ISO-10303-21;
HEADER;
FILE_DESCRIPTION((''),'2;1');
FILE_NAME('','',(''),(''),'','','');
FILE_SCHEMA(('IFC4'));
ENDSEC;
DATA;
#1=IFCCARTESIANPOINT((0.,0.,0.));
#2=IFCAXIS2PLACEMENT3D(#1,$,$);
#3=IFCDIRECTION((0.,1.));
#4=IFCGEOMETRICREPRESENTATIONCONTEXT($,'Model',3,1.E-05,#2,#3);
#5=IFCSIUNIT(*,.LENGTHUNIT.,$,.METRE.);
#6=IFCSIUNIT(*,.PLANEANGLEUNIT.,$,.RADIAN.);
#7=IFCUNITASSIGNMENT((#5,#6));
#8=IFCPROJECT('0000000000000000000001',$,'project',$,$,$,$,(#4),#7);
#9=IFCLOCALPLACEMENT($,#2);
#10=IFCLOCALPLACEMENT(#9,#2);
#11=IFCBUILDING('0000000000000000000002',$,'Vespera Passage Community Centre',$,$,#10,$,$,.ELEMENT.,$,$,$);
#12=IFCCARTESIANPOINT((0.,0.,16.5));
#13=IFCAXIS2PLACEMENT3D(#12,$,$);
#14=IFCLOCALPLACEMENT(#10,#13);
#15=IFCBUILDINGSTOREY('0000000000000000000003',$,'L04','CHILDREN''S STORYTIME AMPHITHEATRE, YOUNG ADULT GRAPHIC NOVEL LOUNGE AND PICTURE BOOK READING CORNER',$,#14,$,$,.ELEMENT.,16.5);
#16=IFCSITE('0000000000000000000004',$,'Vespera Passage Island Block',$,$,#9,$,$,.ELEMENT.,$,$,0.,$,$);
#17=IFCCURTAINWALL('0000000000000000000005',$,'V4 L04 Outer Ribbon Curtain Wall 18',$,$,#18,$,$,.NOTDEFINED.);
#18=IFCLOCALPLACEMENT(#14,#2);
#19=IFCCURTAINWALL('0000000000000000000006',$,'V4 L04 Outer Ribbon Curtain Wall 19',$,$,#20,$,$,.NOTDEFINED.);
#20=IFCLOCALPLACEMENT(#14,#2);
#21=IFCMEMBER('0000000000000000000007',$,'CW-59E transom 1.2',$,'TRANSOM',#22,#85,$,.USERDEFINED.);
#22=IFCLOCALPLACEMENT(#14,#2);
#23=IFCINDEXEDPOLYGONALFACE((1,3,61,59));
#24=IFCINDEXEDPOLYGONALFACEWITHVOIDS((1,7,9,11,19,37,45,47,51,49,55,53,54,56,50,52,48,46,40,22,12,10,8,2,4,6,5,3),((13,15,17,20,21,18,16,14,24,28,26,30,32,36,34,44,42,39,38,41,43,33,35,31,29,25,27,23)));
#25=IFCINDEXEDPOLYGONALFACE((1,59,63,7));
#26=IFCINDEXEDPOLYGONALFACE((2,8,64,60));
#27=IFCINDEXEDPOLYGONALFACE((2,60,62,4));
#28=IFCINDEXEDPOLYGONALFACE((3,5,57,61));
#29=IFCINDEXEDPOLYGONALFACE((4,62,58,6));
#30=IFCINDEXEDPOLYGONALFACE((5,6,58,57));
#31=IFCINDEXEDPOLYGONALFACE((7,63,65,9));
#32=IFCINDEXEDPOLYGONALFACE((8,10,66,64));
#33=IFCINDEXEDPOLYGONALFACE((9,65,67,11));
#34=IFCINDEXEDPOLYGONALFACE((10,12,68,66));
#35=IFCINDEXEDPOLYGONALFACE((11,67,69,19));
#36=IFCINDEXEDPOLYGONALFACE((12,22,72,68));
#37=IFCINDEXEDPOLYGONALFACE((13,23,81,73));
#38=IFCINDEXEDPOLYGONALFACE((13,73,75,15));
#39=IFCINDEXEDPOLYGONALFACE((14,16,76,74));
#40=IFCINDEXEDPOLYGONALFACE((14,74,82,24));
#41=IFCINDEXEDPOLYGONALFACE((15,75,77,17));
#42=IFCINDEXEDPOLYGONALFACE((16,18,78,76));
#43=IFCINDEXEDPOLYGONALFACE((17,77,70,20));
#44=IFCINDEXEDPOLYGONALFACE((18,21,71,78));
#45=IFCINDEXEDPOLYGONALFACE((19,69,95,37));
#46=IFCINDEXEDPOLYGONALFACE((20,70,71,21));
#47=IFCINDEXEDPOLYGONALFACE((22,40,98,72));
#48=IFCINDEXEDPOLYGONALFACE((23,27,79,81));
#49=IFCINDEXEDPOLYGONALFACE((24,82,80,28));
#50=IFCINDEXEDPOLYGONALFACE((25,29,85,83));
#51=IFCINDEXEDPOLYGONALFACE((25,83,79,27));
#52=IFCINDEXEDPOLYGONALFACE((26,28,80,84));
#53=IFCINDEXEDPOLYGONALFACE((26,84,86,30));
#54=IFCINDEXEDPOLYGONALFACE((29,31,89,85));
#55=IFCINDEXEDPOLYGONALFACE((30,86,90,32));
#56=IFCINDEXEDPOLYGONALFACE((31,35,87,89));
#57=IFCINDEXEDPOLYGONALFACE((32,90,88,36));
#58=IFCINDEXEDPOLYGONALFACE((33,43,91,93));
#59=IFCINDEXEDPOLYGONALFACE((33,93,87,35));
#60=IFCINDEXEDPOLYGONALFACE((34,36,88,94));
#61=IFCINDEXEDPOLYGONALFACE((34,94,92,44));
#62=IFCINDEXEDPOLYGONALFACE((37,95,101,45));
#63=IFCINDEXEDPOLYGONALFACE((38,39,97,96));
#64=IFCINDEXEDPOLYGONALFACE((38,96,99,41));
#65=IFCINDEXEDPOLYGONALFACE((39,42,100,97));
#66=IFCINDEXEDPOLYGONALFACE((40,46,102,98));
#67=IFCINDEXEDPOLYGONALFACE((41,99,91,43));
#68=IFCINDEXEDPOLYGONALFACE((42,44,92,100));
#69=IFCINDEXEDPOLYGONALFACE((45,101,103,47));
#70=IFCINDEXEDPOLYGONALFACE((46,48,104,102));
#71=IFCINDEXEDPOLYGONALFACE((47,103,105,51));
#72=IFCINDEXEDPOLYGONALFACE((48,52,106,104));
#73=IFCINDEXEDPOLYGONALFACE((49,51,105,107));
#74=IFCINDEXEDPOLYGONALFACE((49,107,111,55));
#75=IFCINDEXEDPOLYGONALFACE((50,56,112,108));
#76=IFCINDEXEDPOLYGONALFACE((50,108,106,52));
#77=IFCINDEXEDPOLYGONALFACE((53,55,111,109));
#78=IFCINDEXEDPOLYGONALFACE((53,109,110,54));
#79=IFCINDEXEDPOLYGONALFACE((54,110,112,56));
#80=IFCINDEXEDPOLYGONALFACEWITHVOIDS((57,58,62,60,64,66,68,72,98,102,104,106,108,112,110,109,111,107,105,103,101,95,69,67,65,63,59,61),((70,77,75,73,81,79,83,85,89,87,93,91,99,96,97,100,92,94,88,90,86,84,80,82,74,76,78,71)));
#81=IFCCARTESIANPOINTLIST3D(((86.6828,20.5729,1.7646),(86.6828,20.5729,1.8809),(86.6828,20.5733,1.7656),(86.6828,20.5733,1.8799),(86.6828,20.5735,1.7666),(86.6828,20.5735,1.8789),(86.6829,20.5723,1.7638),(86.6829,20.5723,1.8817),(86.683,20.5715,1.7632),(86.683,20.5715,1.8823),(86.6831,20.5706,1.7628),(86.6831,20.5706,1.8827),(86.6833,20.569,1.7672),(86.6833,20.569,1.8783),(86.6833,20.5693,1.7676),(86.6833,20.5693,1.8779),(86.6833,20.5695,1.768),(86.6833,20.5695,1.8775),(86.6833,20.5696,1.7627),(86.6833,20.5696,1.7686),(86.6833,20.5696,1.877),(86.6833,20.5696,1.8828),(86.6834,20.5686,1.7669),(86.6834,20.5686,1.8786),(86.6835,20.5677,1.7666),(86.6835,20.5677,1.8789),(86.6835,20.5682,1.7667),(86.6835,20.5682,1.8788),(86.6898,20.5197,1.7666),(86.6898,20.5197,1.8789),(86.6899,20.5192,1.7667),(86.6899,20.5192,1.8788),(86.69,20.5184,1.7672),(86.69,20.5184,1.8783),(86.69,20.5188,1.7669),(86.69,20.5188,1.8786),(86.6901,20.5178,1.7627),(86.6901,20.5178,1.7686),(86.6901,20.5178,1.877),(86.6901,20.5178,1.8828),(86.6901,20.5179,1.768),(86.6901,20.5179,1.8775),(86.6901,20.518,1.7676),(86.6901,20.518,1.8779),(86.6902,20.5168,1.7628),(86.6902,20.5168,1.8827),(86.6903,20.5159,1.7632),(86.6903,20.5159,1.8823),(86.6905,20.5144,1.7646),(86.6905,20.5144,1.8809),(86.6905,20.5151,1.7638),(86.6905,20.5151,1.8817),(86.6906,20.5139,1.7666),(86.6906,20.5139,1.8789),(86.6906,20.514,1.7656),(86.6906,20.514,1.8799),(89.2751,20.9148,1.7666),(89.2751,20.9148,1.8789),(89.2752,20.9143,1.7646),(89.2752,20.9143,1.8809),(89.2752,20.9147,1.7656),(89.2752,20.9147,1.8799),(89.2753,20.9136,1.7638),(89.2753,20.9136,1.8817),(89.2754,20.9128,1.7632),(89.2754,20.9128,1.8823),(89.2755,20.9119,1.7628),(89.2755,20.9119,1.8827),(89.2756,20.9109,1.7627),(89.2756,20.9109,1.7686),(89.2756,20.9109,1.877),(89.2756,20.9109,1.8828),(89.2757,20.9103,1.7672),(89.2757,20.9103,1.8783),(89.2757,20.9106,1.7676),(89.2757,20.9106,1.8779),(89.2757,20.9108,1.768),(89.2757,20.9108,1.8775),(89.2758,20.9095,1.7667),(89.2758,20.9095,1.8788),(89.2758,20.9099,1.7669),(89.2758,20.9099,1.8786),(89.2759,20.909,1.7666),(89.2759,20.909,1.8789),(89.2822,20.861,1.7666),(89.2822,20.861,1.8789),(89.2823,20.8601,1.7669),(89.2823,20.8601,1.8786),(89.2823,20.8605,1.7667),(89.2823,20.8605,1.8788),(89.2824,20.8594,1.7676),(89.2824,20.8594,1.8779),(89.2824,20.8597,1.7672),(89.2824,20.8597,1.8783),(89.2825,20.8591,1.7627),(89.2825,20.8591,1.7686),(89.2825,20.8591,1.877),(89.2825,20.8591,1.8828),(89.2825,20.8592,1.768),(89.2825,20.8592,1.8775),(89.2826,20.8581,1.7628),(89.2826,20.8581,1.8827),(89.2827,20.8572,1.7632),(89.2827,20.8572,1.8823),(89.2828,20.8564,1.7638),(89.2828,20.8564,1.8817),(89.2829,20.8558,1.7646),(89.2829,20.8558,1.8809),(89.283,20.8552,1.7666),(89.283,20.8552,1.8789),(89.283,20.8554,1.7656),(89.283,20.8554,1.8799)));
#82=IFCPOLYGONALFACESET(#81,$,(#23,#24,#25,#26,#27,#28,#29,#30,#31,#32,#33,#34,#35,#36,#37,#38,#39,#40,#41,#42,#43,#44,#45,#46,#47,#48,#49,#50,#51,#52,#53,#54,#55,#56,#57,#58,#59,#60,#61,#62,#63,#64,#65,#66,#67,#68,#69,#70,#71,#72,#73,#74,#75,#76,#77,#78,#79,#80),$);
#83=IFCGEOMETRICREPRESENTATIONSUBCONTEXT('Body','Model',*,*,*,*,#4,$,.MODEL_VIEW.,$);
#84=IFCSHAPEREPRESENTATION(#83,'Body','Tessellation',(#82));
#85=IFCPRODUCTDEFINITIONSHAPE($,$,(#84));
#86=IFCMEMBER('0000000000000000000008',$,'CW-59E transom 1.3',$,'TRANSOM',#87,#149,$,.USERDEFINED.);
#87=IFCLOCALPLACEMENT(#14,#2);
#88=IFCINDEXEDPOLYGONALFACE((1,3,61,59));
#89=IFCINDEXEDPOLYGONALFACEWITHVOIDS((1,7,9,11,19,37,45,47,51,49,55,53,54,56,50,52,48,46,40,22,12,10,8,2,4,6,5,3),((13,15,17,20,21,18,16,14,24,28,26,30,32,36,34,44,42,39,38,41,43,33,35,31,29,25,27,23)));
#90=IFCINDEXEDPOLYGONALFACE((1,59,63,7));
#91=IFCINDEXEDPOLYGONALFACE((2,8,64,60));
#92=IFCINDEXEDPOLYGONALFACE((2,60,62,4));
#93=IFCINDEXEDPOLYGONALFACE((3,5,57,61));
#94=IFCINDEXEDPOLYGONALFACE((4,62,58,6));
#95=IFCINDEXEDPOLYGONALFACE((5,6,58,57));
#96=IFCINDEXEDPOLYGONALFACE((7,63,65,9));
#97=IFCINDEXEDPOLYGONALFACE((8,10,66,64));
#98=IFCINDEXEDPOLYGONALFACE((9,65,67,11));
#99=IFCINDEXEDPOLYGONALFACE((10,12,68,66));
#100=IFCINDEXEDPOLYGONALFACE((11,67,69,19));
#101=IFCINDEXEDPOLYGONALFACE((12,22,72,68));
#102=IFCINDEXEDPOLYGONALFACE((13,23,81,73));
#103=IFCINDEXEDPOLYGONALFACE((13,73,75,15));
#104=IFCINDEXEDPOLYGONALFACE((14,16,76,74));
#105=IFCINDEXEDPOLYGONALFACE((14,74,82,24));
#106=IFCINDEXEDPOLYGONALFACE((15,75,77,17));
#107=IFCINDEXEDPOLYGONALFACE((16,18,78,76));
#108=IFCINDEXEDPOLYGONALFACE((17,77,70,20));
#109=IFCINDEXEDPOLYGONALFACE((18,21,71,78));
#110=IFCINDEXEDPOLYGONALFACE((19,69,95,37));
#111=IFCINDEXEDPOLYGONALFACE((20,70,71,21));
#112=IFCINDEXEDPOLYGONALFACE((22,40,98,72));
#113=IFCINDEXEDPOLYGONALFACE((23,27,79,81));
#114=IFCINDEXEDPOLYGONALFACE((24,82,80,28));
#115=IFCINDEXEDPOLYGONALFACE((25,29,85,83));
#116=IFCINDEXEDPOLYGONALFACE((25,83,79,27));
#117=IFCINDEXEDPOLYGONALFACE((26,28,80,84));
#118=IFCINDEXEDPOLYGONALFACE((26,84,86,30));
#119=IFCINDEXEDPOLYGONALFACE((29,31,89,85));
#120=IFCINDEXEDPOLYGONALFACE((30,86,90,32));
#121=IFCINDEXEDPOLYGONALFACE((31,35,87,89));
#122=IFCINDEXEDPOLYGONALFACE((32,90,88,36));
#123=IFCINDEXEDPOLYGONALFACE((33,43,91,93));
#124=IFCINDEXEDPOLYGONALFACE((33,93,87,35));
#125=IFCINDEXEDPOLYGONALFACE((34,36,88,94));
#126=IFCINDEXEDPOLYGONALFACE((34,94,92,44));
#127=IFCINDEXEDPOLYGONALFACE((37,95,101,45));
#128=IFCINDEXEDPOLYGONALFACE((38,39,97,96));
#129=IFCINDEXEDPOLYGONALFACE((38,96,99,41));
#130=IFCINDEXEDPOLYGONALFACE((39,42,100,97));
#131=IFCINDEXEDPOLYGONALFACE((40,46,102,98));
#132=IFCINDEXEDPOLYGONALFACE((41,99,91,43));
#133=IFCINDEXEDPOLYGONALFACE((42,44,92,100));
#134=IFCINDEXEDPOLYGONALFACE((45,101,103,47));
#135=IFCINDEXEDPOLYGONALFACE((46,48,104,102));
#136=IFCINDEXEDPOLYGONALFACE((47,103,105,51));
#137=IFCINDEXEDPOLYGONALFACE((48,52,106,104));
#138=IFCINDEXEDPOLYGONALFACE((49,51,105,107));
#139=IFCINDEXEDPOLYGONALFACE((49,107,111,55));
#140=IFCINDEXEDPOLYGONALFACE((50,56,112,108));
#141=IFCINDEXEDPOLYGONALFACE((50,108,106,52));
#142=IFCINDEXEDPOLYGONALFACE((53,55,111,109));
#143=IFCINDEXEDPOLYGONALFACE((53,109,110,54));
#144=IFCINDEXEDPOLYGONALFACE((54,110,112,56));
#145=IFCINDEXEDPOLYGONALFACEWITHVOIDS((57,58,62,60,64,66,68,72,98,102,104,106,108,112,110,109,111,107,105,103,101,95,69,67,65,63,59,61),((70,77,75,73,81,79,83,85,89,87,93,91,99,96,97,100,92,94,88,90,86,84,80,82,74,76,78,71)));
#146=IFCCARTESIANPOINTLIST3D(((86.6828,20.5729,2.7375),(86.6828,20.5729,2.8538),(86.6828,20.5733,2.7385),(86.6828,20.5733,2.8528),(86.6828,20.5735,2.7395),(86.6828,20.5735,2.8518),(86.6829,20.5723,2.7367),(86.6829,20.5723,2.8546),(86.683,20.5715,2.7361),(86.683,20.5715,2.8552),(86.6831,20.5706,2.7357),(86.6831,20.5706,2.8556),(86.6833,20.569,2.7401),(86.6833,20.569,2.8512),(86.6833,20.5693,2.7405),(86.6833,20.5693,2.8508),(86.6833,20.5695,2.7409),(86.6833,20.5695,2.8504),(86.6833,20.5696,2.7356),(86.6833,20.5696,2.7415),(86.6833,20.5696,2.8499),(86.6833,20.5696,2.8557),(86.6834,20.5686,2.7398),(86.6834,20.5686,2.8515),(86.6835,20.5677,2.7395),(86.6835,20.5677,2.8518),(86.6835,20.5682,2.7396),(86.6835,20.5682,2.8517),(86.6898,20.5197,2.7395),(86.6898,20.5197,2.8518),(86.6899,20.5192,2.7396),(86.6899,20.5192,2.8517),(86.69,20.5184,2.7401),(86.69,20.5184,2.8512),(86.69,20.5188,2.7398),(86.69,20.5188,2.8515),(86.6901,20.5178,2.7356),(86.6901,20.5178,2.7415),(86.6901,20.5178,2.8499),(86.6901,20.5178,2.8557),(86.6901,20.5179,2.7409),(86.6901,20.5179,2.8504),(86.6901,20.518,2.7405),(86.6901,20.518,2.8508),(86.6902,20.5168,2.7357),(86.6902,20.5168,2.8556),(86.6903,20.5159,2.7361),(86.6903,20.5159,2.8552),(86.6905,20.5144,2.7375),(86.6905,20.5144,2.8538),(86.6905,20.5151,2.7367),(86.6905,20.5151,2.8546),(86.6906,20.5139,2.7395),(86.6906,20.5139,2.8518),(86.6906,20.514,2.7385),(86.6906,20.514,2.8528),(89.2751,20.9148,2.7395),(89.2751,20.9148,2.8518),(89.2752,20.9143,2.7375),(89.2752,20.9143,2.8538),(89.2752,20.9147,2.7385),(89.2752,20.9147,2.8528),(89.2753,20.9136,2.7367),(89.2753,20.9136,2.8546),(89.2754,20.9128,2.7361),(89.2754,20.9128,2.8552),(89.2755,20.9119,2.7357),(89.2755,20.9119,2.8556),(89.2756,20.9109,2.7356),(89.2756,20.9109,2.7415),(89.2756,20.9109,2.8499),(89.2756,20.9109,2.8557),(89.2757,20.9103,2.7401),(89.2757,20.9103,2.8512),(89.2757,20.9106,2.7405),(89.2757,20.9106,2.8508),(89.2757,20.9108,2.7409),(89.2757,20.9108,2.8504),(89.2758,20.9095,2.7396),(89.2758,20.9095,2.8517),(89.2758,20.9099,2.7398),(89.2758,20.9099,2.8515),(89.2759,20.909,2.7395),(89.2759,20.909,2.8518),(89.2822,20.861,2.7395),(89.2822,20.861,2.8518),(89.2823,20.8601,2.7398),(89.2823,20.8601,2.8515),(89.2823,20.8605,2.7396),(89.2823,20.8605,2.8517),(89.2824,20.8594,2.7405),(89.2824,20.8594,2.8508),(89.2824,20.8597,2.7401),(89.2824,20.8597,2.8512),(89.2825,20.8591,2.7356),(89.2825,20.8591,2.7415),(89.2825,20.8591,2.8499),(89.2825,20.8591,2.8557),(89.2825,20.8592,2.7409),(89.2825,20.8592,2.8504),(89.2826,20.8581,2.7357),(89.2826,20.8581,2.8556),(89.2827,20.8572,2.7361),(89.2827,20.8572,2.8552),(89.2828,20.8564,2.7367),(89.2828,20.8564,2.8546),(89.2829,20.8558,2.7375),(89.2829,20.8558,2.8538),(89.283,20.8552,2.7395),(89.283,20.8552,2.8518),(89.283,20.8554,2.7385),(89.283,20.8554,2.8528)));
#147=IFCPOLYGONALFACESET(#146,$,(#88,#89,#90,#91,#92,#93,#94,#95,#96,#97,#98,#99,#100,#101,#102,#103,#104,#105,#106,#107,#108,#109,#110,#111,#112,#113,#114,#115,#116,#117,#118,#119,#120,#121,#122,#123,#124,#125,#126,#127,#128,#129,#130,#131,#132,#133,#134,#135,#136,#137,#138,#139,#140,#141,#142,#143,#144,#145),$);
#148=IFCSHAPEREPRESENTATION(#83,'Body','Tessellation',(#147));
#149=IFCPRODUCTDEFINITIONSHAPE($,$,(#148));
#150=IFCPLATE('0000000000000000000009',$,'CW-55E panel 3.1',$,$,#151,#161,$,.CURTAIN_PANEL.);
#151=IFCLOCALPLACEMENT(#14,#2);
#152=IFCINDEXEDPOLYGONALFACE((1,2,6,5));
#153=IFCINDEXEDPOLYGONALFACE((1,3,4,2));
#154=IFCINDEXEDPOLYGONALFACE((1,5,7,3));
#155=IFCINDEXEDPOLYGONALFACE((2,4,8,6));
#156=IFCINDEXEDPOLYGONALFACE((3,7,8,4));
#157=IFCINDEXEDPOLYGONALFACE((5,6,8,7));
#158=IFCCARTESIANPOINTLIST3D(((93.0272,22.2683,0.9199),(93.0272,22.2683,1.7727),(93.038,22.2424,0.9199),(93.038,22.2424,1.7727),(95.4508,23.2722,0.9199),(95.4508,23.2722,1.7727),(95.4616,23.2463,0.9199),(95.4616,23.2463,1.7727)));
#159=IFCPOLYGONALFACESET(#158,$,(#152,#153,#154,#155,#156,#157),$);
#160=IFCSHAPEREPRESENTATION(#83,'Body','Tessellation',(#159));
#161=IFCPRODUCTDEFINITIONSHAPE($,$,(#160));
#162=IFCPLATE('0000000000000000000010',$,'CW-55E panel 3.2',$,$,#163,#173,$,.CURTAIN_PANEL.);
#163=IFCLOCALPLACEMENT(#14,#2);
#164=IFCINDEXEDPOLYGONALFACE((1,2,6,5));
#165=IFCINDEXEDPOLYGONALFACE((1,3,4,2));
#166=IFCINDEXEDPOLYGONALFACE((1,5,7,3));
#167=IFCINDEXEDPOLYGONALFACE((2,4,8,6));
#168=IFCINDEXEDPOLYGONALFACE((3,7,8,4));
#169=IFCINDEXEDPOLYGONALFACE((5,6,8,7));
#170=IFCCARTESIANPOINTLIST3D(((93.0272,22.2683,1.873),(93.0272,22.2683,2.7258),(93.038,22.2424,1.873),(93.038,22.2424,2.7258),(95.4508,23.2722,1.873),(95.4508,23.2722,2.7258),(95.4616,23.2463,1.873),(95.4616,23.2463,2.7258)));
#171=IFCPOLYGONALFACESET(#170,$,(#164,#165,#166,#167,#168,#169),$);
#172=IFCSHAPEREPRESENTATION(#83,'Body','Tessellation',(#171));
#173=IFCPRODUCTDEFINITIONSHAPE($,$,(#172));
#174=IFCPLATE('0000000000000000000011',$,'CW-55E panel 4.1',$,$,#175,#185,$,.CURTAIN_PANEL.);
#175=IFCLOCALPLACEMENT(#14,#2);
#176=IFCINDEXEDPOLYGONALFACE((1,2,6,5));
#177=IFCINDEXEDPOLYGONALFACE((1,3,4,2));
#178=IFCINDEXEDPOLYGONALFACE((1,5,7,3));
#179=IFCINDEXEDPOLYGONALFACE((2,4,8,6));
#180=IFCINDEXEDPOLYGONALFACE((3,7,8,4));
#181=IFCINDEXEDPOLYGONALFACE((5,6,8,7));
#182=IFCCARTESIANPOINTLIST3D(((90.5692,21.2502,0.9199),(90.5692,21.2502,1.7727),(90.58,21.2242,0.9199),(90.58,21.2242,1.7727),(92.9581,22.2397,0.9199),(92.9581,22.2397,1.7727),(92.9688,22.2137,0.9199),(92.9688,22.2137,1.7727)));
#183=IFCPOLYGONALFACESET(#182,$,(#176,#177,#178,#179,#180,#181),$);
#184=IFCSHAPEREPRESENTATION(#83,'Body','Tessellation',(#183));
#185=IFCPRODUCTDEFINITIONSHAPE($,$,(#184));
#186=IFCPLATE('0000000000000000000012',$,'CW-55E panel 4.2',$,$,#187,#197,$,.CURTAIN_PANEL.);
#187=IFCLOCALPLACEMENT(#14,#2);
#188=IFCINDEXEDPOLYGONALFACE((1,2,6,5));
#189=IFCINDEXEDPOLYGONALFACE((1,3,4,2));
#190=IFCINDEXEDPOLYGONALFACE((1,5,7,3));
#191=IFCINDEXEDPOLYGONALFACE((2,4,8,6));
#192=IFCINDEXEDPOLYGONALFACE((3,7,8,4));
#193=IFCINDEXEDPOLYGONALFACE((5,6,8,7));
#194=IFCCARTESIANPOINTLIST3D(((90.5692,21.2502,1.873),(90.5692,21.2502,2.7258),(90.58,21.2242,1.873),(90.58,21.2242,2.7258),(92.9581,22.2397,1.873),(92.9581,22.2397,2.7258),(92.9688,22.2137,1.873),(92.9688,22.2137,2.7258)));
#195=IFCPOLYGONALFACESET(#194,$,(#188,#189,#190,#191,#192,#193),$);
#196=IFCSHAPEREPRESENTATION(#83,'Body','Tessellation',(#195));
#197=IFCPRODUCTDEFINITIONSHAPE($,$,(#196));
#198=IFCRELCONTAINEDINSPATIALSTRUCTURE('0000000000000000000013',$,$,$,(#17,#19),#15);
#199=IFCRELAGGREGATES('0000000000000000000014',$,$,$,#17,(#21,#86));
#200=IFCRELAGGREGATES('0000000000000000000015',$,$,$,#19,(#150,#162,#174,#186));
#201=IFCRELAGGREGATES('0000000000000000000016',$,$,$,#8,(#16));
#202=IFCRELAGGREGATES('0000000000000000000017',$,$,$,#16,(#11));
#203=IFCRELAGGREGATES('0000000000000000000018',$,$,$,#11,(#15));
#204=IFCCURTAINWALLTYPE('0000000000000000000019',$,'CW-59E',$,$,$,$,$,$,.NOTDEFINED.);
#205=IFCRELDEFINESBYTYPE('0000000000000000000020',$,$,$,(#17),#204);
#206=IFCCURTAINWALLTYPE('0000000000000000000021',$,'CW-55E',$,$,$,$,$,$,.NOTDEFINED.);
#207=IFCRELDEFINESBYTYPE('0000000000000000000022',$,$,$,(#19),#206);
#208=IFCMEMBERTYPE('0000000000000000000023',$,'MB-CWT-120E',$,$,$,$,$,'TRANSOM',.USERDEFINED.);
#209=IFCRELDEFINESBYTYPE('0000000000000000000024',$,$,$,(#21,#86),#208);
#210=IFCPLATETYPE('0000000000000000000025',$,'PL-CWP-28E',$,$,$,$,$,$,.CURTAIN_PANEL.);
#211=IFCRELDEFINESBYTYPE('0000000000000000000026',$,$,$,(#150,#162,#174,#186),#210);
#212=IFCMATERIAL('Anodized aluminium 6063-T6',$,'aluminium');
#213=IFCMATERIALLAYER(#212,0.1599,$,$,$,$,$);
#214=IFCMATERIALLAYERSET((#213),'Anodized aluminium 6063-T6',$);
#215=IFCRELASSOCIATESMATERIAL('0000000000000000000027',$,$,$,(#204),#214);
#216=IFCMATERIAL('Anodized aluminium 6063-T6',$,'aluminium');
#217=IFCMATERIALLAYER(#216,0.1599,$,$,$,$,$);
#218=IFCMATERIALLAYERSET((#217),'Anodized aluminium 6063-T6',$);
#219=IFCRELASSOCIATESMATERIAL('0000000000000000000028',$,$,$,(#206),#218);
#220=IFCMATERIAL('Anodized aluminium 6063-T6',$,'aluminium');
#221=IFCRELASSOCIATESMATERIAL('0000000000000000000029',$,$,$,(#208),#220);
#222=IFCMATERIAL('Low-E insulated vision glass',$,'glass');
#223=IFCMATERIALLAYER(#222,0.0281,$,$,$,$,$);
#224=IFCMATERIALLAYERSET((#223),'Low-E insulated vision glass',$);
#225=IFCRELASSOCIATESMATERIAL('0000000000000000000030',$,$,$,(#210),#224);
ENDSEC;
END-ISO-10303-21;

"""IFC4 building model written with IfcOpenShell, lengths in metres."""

from ifc_helpers import new_model, si_unit, direction, frame, origin, origin_2d, place, context, subcontext, project, spatial, rectangle, hollow_rectangle, extrude, material, layer, layer_set, material_profile, profile_set, type_object, element, aggregate, save


model = new_model("IFC4")

# Units and contexts
model_context = context("Model", 3, precision=1e-05, world=origin(), true_north=direction((0.0, 1.0)))
body_context = subcontext(model_context, "Body", "Model", "MODEL_VIEW")
ifc_project = project(units=[si_unit("LENGTHUNIT", "METRE"), si_unit("PLANEANGLEUNIT", "RADIAN")], contexts=[model_context])

# Site, building, storey
site_placement = place(None, origin())
site = spatial("IfcSite", under=ifc_project, at=site_placement, Name="Vespera Passage Island Block", CompositionType="ELEMENT", RefElevation=0.0)
building_placement = place(site_placement, origin())
building = spatial("IfcBuilding", under=site, at=building_placement, Name="Vespera Passage Community Centre", CompositionType="ELEMENT")
storey_placement = place(building_placement, frame((0.0, 0.0, 16.5)))
storey = spatial("IfcBuildingStorey", under=building, at=storey_placement, Name="L04", Description="CHILDREN'S STORYTIME AMPHITHEATRE, YOUNG ADULT GRAPHIC NOVEL LOUNGE AND PICTURE BOOK READING CORNER", CompositionType="ELEMENT", Elevation=16.5)

# Curtain wall
ifc_material_1 = material(Name="Anodized aluminium 6063-T6", Category="aluminium")
ifc_layer_1 = layer(ifc_material_1, 0.1599)
ifc_layer_set_1 = layer_set([ifc_layer_1], Name="Anodized aluminium 6063-T6")
curtain_wall_type_1 = type_object("IfcCurtainWallType", Name="CW-59E", PredefinedType="NOTDEFINED", material=ifc_layer_set_1)
curtain_wall_1_placement = place(storey_placement, origin())
curtain_wall_1 = element("IfcCurtainWall", 1, at=curtain_wall_1_placement, inside=storey, type_object=curtain_wall_type_1, Name="V4 L04 Outer Ribbon Curtain Wall 18", PredefinedType="NOTDEFINED")

# Curtain wall
ifc_material_2 = material(Name="Anodized aluminium 6063-T6", Category="aluminium")
ifc_layer_2 = layer(ifc_material_2, 0.1599)
ifc_layer_set_2 = layer_set([ifc_layer_2], Name="Anodized aluminium 6063-T6")
curtain_wall_type_2 = type_object("IfcCurtainWallType", Name="CW-55E", PredefinedType="NOTDEFINED", material=ifc_layer_set_2)
curtain_wall_2_placement = place(storey_placement, origin())
curtain_wall_2 = element("IfcCurtainWall", 2, at=curtain_wall_2_placement, inside=storey, type_object=curtain_wall_type_2, Name="V4 L04 Outer Ribbon Curtain Wall 19", PredefinedType="NOTDEFINED")

# Members
ifc_material_3 = material(Name="Anodized aluminium 6063-T6", Category="aluminium")
ifc_material_profile_1 = material_profile(ifc_material_3, hollow_rectangle(XDim=0.0601, YDim=0.1201, WallThickness=0.0039, InnerFilletRadius=0.002, OuterFilletRadius=0.0039, at=origin_2d()), Name="ALU120X60X4")
ifc_profile_set_1 = profile_set([ifc_material_profile_1], Name="Anodized aluminium 6063-T6")
member_type_1 = type_object("IfcMemberType", Name="MB-CWT-120E", ElementType="TRANSOM", PredefinedType="USERDEFINED", material=ifc_profile_set_1)
member_1_placement = place(storey_placement, frame((89.2791, 20.885, 1.8228), z_axis=(-0.991443, -0.130537, 0.0), x_axis=(0.130537, -0.991443, 0.0)))
member_1 = element("IfcMember", 3, at=member_1_placement, type_object=member_type_1, Name="CW-59E transom 1.2", ObjectType="TRANSOM", PredefinedType="USERDEFINED", context=body_context, shape_type="SweptSolid", body=[
    extrude(hollow_rectangle(XDim=0.0601, YDim=0.1201, WallThickness=0.0039, InnerFilletRadius=0.002, OuterFilletRadius=0.0039, at=origin_2d()), origin(), (0.0, 0.0, 1.0), 2.6147),
])
member_2_placement = place(storey_placement, frame((89.2791, 20.885, 2.7957), z_axis=(-0.991443, -0.130537, 0.0), x_axis=(0.130537, -0.991443, 0.0)))
member_2 = element("IfcMember", 4, at=member_2_placement, type_object=member_type_1, Name="CW-59E transom 1.3", ObjectType="TRANSOM", PredefinedType="USERDEFINED", context=body_context, shape_type="SweptSolid", body=[
    extrude(hollow_rectangle(XDim=0.0601, YDim=0.1201, WallThickness=0.0039, InnerFilletRadius=0.002, OuterFilletRadius=0.0039, at=origin_2d()), origin(), (0.0, 0.0, 1.0), 2.6147),
])
aggregate(curtain_wall_1, [member_1, member_2])

# Plates
ifc_material_4 = material(Name="Low-E insulated vision glass", Category="glass")
ifc_layer_3 = layer(ifc_material_4, 0.0281)
ifc_layer_set_3 = layer_set([ifc_layer_3], Name="Low-E insulated vision glass")
plate_type = type_object("IfcPlateType", Name="PL-CWP-28E", PredefinedType="CURTAIN_PANEL", material=ifc_layer_set_3)
plate_1_placement = place(storey_placement, frame((94.2444, 22.7573, 0.9199), z_axis=(0.0, 0.0, 1.0), x_axis=(-0.92388, -0.382683, 0.0)))
plate_1 = element("IfcPlate", 5, at=plate_1_placement, type_object=plate_type, Name="CW-55E panel 3.1", PredefinedType="CURTAIN_PANEL", context=body_context, shape_type="SweptSolid", body=[
    extrude(rectangle(XDim=2.6233, YDim=0.0281, at=origin_2d()), origin(), (0.0, 0.0, 1.0), 0.8528),
])
plate_2_placement = place(storey_placement, frame((94.2444, 22.7573, 1.873), z_axis=(0.0, 0.0, 1.0), x_axis=(-0.92388, -0.382683, 0.0)))
plate_2 = element("IfcPlate", 6, at=plate_2_placement, type_object=plate_type, Name="CW-55E panel 3.2", PredefinedType="CURTAIN_PANEL", context=body_context, shape_type="SweptSolid", body=[
    extrude(rectangle(XDim=2.6233, YDim=0.0281, at=origin_2d()), origin(), (0.0, 0.0, 1.0), 0.8528),
])
plate_3_placement = place(storey_placement, frame((91.769, 21.7319, 0.9199), z_axis=(0.0, 0.0, 1.0), x_axis=(-0.92388, -0.382683, 0.0)))
plate_3 = element("IfcPlate", 7, at=plate_3_placement, type_object=plate_type, Name="CW-55E panel 4.1", PredefinedType="CURTAIN_PANEL", context=body_context, shape_type="SweptSolid", body=[
    extrude(rectangle(XDim=2.5857, YDim=0.0281, at=origin_2d()), origin(), (0.0, 0.0, 1.0), 0.8528),
])
plate_4_placement = place(storey_placement, frame((91.769, 21.7319, 1.873), z_axis=(0.0, 0.0, 1.0), x_axis=(-0.92388, -0.382683, 0.0)))
plate_4 = element("IfcPlate", 8, at=plate_4_placement, type_object=plate_type, Name="CW-55E panel 4.2", PredefinedType="CURTAIN_PANEL", context=body_context, shape_type="SweptSolid", body=[
    extrude(rectangle(XDim=2.5857, YDim=0.0281, at=origin_2d()), origin(), (0.0, 0.0, 1.0), 0.8528),
])
aggregate(curtain_wall_2, [plate_1, plate_2, plate_3, plate_4])

save(model, "model.ifc")
